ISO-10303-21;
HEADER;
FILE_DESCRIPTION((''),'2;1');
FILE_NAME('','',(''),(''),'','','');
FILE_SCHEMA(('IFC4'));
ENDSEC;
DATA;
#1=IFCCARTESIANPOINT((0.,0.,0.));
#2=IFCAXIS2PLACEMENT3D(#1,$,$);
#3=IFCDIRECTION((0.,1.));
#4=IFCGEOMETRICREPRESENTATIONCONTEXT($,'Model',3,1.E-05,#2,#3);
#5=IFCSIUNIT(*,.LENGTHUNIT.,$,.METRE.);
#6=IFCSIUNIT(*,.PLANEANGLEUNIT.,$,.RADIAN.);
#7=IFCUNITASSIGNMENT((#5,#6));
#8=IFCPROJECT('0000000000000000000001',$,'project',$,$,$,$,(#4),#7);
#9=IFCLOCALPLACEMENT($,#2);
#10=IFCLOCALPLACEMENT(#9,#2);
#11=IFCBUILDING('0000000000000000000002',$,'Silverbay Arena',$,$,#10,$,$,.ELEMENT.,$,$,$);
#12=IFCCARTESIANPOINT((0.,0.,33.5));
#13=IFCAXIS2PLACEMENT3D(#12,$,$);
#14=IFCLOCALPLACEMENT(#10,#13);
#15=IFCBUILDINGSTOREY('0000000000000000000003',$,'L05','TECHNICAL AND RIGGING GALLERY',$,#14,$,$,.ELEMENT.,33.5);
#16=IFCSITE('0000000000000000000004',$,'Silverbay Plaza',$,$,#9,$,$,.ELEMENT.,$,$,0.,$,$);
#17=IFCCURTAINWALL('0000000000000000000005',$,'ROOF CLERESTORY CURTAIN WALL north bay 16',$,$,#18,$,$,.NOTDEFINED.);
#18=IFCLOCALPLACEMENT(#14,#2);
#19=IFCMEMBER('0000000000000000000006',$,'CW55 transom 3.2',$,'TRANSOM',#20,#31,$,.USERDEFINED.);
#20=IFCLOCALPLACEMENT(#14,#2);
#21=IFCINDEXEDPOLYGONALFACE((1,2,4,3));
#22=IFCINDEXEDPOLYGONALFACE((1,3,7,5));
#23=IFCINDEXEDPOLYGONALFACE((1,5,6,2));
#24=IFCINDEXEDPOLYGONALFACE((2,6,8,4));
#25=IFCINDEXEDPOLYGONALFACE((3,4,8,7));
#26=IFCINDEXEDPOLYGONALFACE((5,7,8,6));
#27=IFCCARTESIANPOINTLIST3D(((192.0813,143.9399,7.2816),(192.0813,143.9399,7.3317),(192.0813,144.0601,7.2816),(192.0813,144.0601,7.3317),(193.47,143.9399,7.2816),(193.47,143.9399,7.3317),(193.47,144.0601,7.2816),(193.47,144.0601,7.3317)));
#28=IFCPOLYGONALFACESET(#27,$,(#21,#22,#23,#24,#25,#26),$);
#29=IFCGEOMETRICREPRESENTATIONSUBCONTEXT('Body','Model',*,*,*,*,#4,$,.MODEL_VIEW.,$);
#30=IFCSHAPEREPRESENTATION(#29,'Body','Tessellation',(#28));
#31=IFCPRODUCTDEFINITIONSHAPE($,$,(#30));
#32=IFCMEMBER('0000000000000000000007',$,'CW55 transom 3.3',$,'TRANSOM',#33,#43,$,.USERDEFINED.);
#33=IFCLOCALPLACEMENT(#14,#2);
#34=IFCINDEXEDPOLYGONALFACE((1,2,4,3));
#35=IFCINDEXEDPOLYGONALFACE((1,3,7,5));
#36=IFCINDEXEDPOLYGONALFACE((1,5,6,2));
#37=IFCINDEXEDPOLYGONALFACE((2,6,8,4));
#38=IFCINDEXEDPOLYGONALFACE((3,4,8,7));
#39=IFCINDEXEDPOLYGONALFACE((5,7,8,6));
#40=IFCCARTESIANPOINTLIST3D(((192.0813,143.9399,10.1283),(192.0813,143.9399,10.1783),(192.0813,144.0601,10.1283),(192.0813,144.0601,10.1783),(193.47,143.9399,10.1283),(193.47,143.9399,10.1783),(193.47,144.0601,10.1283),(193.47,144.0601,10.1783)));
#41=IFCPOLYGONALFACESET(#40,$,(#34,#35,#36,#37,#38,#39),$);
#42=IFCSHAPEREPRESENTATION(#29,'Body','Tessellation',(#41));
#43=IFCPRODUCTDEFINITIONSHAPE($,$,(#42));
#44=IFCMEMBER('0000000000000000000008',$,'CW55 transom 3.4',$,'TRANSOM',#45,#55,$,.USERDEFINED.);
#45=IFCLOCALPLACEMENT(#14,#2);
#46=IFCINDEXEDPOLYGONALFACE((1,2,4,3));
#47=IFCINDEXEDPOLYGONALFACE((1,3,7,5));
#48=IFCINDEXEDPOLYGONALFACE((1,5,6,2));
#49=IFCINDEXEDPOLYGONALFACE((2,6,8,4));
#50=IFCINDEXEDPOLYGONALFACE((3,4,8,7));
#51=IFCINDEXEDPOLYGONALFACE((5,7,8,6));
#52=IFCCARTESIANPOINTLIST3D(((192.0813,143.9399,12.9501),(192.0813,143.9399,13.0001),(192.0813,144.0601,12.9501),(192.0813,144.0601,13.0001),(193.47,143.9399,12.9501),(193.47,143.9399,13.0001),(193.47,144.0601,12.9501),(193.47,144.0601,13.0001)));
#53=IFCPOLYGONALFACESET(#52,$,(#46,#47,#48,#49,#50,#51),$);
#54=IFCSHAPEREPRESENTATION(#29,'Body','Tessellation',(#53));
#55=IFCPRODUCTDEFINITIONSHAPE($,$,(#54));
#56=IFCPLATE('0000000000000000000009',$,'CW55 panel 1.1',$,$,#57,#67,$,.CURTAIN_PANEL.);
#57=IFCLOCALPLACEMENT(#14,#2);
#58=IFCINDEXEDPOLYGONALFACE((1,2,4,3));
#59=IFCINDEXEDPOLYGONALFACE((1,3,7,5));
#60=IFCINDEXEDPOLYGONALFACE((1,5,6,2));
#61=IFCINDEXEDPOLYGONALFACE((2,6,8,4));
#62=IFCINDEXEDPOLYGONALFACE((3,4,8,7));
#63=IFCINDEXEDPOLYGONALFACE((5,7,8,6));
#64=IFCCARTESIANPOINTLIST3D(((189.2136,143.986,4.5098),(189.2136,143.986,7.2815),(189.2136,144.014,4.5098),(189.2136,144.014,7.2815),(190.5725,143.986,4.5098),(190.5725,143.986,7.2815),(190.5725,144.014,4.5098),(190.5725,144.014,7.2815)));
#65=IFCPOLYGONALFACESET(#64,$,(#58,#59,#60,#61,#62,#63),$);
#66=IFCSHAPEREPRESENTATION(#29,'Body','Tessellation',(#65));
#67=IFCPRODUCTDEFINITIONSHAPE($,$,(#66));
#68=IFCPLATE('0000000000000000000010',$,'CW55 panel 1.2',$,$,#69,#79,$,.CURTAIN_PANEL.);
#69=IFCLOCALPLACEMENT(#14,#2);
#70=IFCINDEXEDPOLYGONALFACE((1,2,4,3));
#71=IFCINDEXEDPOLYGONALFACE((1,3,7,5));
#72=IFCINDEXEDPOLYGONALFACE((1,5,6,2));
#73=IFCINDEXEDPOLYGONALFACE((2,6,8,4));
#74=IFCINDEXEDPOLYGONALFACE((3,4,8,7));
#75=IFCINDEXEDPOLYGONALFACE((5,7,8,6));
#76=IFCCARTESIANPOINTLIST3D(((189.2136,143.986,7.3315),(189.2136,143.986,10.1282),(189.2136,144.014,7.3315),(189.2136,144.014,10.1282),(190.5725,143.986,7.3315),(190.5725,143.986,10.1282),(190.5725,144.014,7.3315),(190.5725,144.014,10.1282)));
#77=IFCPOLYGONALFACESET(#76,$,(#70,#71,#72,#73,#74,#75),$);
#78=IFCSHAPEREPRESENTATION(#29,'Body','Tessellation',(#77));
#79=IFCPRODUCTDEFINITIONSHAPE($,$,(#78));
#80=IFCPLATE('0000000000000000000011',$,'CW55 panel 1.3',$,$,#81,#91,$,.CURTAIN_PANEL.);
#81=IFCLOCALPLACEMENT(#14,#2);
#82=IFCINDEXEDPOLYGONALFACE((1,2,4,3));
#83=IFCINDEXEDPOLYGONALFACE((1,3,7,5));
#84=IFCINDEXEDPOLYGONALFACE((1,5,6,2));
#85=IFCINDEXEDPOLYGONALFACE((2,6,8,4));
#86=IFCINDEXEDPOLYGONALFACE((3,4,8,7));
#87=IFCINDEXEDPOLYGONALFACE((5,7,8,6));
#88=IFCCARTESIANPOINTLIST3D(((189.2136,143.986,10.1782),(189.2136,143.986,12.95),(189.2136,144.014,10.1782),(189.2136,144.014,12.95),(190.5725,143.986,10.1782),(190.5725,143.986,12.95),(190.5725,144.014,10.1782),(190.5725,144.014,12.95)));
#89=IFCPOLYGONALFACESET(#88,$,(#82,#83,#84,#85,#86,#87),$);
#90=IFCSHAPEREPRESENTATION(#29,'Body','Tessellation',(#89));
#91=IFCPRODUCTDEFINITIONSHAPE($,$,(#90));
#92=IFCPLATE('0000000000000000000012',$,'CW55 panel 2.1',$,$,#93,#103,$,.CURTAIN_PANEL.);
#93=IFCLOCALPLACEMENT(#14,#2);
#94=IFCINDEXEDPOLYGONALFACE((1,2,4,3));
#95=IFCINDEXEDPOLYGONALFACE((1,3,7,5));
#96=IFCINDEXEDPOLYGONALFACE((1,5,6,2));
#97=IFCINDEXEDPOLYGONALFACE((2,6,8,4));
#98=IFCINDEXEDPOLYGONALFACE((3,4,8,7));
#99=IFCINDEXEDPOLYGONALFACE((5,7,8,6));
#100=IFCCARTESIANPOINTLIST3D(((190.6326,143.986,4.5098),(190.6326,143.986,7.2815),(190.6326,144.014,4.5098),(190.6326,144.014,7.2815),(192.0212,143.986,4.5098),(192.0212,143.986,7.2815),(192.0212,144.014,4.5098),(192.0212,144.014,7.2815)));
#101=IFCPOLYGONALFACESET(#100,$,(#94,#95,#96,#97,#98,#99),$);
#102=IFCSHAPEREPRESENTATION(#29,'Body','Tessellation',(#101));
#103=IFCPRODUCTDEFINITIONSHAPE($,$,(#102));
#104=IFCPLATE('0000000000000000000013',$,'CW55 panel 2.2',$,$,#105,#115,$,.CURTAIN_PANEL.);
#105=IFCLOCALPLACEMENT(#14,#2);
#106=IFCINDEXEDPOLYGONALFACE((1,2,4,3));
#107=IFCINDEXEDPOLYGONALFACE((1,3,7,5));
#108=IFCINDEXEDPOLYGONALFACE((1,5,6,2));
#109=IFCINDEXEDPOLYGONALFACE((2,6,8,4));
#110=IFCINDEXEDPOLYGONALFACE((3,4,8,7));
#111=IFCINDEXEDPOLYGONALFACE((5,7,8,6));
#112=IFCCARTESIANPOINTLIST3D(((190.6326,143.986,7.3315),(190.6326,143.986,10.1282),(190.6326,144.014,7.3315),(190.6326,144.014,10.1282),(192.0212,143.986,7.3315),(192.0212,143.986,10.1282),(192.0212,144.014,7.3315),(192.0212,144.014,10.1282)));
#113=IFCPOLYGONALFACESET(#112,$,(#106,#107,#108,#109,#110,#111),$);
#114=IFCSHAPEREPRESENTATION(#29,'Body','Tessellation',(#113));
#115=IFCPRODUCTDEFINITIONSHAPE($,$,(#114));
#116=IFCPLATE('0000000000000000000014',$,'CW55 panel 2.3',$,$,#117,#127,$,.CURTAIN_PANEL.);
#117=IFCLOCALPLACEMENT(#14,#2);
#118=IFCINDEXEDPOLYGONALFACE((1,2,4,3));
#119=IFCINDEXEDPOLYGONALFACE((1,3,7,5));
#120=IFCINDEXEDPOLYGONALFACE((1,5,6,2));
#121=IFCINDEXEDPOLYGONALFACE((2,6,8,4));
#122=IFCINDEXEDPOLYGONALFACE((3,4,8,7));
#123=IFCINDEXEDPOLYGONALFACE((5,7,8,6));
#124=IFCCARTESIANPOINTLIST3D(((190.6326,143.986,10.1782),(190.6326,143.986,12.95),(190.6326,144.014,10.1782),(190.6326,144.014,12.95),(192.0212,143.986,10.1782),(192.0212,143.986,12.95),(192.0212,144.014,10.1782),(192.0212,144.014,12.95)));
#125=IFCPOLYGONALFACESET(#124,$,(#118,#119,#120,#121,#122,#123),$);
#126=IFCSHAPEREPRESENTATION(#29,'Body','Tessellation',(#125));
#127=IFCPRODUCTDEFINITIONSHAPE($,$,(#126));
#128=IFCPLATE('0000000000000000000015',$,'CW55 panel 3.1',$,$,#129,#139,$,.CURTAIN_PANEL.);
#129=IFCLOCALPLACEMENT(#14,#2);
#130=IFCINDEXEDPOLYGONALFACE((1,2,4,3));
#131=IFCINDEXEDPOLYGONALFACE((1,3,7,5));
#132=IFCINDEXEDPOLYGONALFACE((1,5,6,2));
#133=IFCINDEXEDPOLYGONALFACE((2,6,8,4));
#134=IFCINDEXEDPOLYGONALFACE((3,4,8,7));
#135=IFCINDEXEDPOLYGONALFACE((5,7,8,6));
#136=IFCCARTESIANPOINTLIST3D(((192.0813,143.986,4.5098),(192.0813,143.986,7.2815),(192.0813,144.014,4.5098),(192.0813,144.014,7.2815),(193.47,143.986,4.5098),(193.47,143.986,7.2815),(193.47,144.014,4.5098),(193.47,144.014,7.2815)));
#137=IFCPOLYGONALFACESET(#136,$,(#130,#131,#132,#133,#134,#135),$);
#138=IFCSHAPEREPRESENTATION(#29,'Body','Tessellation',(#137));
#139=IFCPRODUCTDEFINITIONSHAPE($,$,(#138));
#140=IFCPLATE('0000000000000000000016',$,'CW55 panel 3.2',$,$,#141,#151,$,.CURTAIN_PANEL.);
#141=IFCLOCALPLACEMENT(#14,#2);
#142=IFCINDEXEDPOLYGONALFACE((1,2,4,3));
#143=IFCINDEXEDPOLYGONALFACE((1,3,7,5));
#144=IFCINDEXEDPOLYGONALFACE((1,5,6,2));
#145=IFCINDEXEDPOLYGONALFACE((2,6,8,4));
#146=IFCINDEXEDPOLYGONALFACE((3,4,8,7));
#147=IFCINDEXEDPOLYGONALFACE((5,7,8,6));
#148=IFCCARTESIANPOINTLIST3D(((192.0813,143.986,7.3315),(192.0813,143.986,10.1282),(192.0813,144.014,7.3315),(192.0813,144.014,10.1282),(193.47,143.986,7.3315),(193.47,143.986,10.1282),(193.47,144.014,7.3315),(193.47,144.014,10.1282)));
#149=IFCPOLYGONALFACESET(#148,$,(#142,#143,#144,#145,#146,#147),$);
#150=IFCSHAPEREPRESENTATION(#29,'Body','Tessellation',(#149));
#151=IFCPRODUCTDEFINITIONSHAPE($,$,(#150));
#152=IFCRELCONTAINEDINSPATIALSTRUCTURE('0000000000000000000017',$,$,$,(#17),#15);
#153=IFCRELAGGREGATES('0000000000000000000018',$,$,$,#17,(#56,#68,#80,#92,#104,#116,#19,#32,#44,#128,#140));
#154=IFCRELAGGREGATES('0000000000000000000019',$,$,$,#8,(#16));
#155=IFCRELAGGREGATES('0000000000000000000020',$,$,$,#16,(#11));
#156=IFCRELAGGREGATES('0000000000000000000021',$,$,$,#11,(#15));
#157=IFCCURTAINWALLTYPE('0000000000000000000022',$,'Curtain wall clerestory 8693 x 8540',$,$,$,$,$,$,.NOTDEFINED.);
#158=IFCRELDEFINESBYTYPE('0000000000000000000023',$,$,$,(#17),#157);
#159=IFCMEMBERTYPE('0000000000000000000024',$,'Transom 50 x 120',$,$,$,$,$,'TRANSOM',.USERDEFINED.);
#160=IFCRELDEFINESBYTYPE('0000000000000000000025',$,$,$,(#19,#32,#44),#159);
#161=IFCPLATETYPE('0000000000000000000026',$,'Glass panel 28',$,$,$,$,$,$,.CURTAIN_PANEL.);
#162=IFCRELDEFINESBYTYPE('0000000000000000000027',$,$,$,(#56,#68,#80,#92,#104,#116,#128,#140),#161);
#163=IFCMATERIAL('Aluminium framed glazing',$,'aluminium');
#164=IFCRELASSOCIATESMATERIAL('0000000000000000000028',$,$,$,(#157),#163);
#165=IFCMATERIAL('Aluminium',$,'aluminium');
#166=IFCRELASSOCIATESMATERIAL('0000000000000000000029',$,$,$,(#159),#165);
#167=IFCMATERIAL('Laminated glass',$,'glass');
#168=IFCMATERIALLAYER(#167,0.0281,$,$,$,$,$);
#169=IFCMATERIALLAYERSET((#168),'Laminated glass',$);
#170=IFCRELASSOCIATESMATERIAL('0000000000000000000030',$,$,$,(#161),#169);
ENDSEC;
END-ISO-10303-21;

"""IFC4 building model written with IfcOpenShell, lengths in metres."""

from ifc_helpers import new_model, si_unit, direction, frame, origin, origin_2d, place, context, subcontext, project, spatial, rectangle, extrude, material, layer, layer_set, material_profile, profile_set, type_object, element, aggregate, save


model = new_model("IFC4")

# Units and contexts
model_context = context("Model", 3, precision=1e-05, world=origin(), true_north=direction((0.0, 1.0)))
body_context = subcontext(model_context, "Body", "Model", "MODEL_VIEW")
ifc_project = project(units=[si_unit("LENGTHUNIT", "METRE"), si_unit("PLANEANGLEUNIT", "RADIAN")], contexts=[model_context])

# Site, building, storey
site_placement = place(None, origin())
site = spatial("IfcSite", under=ifc_project, at=site_placement, Name="Silverbay Plaza", CompositionType="ELEMENT", RefElevation=0.0)
building_placement = place(site_placement, origin())
building = spatial("IfcBuilding", under=site, at=building_placement, Name="Silverbay Arena", CompositionType="ELEMENT")
storey_placement = place(building_placement, frame((0.0, 0.0, 33.5)))
storey = spatial("IfcBuildingStorey", under=building, at=storey_placement, Name="L05", Description="TECHNICAL AND RIGGING GALLERY", CompositionType="ELEMENT", Elevation=33.5)

# Curtain wall
ifc_material_1 = material(Name="Aluminium framed glazing", Category="aluminium")
curtain_wall_type = type_object("IfcCurtainWallType", Name="Curtain wall clerestory 8693 x 8540", PredefinedType="NOTDEFINED", material=ifc_material_1)
curtain_wall_placement = place(storey_placement, origin())
curtain_wall = element("IfcCurtainWall", 1, at=curtain_wall_placement, inside=storey, type_object=curtain_wall_type, Name="ROOF CLERESTORY CURTAIN WALL north bay 16", PredefinedType="NOTDEFINED")

# Members
ifc_material_2 = material(Name="Aluminium", Category="aluminium")
ifc_material_profile_1 = material_profile(ifc_material_2, rectangle(XDim=0.1201, YDim=0.05, at=origin_2d()), Name="Transom 50 x 120")
ifc_profile_set_1 = profile_set([ifc_material_profile_1], Name="Aluminium")
member_type_1 = type_object("IfcMemberType", Name="Transom 50 x 120", ElementType="TRANSOM", PredefinedType="USERDEFINED", material=ifc_profile_set_1)
member_1_placement = place(storey_placement, frame((192.0813, 144.0, 7.3066), z_axis=(1.0, 0.0, 0.0), x_axis=(0.0, 1.0, 0.0)))
member_1 = element("IfcMember", 2, at=member_1_placement, type_object=member_type_1, Name="CW55 transom 3.2", ObjectType="TRANSOM", PredefinedType="USERDEFINED", context=body_context, shape_type="SweptSolid", body=[
    extrude(rectangle(XDim=0.1201, YDim=0.05, at=origin_2d()), origin(), (0.0, 0.0, 1.0), 1.3887),
])
member_2_placement = place(storey_placement, frame((192.0813, 144.0, 10.1533), z_axis=(1.0, 0.0, 0.0), x_axis=(0.0, 1.0, 0.0)))
member_2 = element("IfcMember", 3, at=member_2_placement, type_object=member_type_1, Name="CW55 transom 3.3", ObjectType="TRANSOM", PredefinedType="USERDEFINED", context=body_context, shape_type="SweptSolid", body=[
    extrude(rectangle(XDim=0.1201, YDim=0.05, at=origin_2d()), origin(), (0.0, 0.0, 1.0), 1.3887),
])
member_3_placement = place(storey_placement, frame((192.0813, 144.0, 12.9751), z_axis=(1.0, 0.0, 0.0), x_axis=(0.0, 1.0, 0.0)))
member_3 = element("IfcMember", 4, at=member_3_placement, type_object=member_type_1, Name="CW55 transom 3.4", ObjectType="TRANSOM", PredefinedType="USERDEFINED", context=body_context, shape_type="SweptSolid", body=[
    extrude(rectangle(XDim=0.1201, YDim=0.05, at=origin_2d()), origin(), (0.0, 0.0, 1.0), 1.3887),
])

# Plates
ifc_material_3 = material(Name="Laminated glass", Category="glass")
ifc_layer = layer(ifc_material_3, 0.0281)
ifc_layer_set = layer_set([ifc_layer], Name="Laminated glass")
plate_type = type_object("IfcPlateType", Name="Glass panel 28", PredefinedType="CURTAIN_PANEL", material=ifc_layer_set)
plate_1_placement = place(storey_placement, frame((189.8931, 144.0, 4.5098), z_axis=(0.0, 0.0, 1.0), x_axis=(1.0, 0.0, 0.0)))
plate_1 = element("IfcPlate", 5, at=plate_1_placement, type_object=plate_type, Name="CW55 panel 1.1", PredefinedType="CURTAIN_PANEL", context=body_context, shape_type="SweptSolid", body=[
    extrude(rectangle(XDim=1.3589, YDim=0.0281, at=origin_2d()), origin(), (0.0, 0.0, 1.0), 2.7717),
])
plate_2_placement = place(storey_placement, frame((189.8931, 144.0, 7.3315), z_axis=(0.0, 0.0, 1.0), x_axis=(1.0, 0.0, 0.0)))
plate_2 = element("IfcPlate", 6, at=plate_2_placement, type_object=plate_type, Name="CW55 panel 1.2", PredefinedType="CURTAIN_PANEL", context=body_context, shape_type="SweptSolid", body=[
    extrude(rectangle(XDim=1.3589, YDim=0.0281, at=origin_2d()), origin(), (0.0, 0.0, 1.0), 2.7966),
])
plate_3_placement = place(storey_placement, frame((189.8931, 144.0, 10.1782), z_axis=(0.0, 0.0, 1.0), x_axis=(1.0, 0.0, 0.0)))
plate_3 = element("IfcPlate", 7, at=plate_3_placement, type_object=plate_type, Name="CW55 panel 1.3", PredefinedType="CURTAIN_PANEL", context=body_context, shape_type="SweptSolid", body=[
    extrude(rectangle(XDim=1.3589, YDim=0.0281, at=origin_2d()), origin(), (0.0, 0.0, 1.0), 2.7717),
])
plate_4_placement = place(storey_placement, frame((191.3269, 144.0, 4.5098), z_axis=(0.0, 0.0, 1.0), x_axis=(1.0, 0.0, 0.0)))
plate_4 = element("IfcPlate", 8, at=plate_4_placement, type_object=plate_type, Name="CW55 panel 2.1", PredefinedType="CURTAIN_PANEL", context=body_context, shape_type="SweptSolid", body=[
    extrude(rectangle(XDim=1.3887, YDim=0.0281, at=origin_2d()), origin(), (0.0, 0.0, 1.0), 2.7717),
])
plate_5_placement = place(storey_placement, frame((191.3269, 144.0, 7.3315), z_axis=(0.0, 0.0, 1.0), x_axis=(1.0, 0.0, 0.0)))
plate_5 = element("IfcPlate", 9, at=plate_5_placement, type_object=plate_type, Name="CW55 panel 2.2", PredefinedType="CURTAIN_PANEL", context=body_context, shape_type="SweptSolid", body=[
    extrude(rectangle(XDim=1.3887, YDim=0.0281, at=origin_2d()), origin(), (0.0, 0.0, 1.0), 2.7966),
])
plate_6_placement = place(storey_placement, frame((191.3269, 144.0, 10.1782), z_axis=(0.0, 0.0, 1.0), x_axis=(1.0, 0.0, 0.0)))
plate_6 = element("IfcPlate", 10, at=plate_6_placement, type_object=plate_type, Name="CW55 panel 2.3", PredefinedType="CURTAIN_PANEL", context=body_context, shape_type="SweptSolid", body=[
    extrude(rectangle(XDim=1.3887, YDim=0.0281, at=origin_2d()), origin(), (0.0, 0.0, 1.0), 2.7717),
])
plate_7_placement = place(storey_placement, frame((192.7756, 144.0, 4.5098), z_axis=(0.0, 0.0, 1.0), x_axis=(1.0, 0.0, 0.0)))
plate_7 = element("IfcPlate", 11, at=plate_7_placement, type_object=plate_type, Name="CW55 panel 3.1", PredefinedType="CURTAIN_PANEL", context=body_context, shape_type="SweptSolid", body=[
    extrude(rectangle(XDim=1.3887, YDim=0.0281, at=origin_2d()), origin(), (0.0, 0.0, 1.0), 2.7717),
])
plate_8_placement = place(storey_placement, frame((192.7756, 144.0, 7.3315), z_axis=(0.0, 0.0, 1.0), x_axis=(1.0, 0.0, 0.0)))
plate_8 = element("IfcPlate", 12, at=plate_8_placement, type_object=plate_type, Name="CW55 panel 3.2", PredefinedType="CURTAIN_PANEL", context=body_context, shape_type="SweptSolid", body=[
    extrude(rectangle(XDim=1.3887, YDim=0.0281, at=origin_2d()), origin(), (0.0, 0.0, 1.0), 2.7966),
])
aggregate(curtain_wall, [plate_1, plate_2, plate_3, plate_4, plate_5, plate_6, member_1, member_2, member_3, plate_7, plate_8])

save(model, "model.ifc")
